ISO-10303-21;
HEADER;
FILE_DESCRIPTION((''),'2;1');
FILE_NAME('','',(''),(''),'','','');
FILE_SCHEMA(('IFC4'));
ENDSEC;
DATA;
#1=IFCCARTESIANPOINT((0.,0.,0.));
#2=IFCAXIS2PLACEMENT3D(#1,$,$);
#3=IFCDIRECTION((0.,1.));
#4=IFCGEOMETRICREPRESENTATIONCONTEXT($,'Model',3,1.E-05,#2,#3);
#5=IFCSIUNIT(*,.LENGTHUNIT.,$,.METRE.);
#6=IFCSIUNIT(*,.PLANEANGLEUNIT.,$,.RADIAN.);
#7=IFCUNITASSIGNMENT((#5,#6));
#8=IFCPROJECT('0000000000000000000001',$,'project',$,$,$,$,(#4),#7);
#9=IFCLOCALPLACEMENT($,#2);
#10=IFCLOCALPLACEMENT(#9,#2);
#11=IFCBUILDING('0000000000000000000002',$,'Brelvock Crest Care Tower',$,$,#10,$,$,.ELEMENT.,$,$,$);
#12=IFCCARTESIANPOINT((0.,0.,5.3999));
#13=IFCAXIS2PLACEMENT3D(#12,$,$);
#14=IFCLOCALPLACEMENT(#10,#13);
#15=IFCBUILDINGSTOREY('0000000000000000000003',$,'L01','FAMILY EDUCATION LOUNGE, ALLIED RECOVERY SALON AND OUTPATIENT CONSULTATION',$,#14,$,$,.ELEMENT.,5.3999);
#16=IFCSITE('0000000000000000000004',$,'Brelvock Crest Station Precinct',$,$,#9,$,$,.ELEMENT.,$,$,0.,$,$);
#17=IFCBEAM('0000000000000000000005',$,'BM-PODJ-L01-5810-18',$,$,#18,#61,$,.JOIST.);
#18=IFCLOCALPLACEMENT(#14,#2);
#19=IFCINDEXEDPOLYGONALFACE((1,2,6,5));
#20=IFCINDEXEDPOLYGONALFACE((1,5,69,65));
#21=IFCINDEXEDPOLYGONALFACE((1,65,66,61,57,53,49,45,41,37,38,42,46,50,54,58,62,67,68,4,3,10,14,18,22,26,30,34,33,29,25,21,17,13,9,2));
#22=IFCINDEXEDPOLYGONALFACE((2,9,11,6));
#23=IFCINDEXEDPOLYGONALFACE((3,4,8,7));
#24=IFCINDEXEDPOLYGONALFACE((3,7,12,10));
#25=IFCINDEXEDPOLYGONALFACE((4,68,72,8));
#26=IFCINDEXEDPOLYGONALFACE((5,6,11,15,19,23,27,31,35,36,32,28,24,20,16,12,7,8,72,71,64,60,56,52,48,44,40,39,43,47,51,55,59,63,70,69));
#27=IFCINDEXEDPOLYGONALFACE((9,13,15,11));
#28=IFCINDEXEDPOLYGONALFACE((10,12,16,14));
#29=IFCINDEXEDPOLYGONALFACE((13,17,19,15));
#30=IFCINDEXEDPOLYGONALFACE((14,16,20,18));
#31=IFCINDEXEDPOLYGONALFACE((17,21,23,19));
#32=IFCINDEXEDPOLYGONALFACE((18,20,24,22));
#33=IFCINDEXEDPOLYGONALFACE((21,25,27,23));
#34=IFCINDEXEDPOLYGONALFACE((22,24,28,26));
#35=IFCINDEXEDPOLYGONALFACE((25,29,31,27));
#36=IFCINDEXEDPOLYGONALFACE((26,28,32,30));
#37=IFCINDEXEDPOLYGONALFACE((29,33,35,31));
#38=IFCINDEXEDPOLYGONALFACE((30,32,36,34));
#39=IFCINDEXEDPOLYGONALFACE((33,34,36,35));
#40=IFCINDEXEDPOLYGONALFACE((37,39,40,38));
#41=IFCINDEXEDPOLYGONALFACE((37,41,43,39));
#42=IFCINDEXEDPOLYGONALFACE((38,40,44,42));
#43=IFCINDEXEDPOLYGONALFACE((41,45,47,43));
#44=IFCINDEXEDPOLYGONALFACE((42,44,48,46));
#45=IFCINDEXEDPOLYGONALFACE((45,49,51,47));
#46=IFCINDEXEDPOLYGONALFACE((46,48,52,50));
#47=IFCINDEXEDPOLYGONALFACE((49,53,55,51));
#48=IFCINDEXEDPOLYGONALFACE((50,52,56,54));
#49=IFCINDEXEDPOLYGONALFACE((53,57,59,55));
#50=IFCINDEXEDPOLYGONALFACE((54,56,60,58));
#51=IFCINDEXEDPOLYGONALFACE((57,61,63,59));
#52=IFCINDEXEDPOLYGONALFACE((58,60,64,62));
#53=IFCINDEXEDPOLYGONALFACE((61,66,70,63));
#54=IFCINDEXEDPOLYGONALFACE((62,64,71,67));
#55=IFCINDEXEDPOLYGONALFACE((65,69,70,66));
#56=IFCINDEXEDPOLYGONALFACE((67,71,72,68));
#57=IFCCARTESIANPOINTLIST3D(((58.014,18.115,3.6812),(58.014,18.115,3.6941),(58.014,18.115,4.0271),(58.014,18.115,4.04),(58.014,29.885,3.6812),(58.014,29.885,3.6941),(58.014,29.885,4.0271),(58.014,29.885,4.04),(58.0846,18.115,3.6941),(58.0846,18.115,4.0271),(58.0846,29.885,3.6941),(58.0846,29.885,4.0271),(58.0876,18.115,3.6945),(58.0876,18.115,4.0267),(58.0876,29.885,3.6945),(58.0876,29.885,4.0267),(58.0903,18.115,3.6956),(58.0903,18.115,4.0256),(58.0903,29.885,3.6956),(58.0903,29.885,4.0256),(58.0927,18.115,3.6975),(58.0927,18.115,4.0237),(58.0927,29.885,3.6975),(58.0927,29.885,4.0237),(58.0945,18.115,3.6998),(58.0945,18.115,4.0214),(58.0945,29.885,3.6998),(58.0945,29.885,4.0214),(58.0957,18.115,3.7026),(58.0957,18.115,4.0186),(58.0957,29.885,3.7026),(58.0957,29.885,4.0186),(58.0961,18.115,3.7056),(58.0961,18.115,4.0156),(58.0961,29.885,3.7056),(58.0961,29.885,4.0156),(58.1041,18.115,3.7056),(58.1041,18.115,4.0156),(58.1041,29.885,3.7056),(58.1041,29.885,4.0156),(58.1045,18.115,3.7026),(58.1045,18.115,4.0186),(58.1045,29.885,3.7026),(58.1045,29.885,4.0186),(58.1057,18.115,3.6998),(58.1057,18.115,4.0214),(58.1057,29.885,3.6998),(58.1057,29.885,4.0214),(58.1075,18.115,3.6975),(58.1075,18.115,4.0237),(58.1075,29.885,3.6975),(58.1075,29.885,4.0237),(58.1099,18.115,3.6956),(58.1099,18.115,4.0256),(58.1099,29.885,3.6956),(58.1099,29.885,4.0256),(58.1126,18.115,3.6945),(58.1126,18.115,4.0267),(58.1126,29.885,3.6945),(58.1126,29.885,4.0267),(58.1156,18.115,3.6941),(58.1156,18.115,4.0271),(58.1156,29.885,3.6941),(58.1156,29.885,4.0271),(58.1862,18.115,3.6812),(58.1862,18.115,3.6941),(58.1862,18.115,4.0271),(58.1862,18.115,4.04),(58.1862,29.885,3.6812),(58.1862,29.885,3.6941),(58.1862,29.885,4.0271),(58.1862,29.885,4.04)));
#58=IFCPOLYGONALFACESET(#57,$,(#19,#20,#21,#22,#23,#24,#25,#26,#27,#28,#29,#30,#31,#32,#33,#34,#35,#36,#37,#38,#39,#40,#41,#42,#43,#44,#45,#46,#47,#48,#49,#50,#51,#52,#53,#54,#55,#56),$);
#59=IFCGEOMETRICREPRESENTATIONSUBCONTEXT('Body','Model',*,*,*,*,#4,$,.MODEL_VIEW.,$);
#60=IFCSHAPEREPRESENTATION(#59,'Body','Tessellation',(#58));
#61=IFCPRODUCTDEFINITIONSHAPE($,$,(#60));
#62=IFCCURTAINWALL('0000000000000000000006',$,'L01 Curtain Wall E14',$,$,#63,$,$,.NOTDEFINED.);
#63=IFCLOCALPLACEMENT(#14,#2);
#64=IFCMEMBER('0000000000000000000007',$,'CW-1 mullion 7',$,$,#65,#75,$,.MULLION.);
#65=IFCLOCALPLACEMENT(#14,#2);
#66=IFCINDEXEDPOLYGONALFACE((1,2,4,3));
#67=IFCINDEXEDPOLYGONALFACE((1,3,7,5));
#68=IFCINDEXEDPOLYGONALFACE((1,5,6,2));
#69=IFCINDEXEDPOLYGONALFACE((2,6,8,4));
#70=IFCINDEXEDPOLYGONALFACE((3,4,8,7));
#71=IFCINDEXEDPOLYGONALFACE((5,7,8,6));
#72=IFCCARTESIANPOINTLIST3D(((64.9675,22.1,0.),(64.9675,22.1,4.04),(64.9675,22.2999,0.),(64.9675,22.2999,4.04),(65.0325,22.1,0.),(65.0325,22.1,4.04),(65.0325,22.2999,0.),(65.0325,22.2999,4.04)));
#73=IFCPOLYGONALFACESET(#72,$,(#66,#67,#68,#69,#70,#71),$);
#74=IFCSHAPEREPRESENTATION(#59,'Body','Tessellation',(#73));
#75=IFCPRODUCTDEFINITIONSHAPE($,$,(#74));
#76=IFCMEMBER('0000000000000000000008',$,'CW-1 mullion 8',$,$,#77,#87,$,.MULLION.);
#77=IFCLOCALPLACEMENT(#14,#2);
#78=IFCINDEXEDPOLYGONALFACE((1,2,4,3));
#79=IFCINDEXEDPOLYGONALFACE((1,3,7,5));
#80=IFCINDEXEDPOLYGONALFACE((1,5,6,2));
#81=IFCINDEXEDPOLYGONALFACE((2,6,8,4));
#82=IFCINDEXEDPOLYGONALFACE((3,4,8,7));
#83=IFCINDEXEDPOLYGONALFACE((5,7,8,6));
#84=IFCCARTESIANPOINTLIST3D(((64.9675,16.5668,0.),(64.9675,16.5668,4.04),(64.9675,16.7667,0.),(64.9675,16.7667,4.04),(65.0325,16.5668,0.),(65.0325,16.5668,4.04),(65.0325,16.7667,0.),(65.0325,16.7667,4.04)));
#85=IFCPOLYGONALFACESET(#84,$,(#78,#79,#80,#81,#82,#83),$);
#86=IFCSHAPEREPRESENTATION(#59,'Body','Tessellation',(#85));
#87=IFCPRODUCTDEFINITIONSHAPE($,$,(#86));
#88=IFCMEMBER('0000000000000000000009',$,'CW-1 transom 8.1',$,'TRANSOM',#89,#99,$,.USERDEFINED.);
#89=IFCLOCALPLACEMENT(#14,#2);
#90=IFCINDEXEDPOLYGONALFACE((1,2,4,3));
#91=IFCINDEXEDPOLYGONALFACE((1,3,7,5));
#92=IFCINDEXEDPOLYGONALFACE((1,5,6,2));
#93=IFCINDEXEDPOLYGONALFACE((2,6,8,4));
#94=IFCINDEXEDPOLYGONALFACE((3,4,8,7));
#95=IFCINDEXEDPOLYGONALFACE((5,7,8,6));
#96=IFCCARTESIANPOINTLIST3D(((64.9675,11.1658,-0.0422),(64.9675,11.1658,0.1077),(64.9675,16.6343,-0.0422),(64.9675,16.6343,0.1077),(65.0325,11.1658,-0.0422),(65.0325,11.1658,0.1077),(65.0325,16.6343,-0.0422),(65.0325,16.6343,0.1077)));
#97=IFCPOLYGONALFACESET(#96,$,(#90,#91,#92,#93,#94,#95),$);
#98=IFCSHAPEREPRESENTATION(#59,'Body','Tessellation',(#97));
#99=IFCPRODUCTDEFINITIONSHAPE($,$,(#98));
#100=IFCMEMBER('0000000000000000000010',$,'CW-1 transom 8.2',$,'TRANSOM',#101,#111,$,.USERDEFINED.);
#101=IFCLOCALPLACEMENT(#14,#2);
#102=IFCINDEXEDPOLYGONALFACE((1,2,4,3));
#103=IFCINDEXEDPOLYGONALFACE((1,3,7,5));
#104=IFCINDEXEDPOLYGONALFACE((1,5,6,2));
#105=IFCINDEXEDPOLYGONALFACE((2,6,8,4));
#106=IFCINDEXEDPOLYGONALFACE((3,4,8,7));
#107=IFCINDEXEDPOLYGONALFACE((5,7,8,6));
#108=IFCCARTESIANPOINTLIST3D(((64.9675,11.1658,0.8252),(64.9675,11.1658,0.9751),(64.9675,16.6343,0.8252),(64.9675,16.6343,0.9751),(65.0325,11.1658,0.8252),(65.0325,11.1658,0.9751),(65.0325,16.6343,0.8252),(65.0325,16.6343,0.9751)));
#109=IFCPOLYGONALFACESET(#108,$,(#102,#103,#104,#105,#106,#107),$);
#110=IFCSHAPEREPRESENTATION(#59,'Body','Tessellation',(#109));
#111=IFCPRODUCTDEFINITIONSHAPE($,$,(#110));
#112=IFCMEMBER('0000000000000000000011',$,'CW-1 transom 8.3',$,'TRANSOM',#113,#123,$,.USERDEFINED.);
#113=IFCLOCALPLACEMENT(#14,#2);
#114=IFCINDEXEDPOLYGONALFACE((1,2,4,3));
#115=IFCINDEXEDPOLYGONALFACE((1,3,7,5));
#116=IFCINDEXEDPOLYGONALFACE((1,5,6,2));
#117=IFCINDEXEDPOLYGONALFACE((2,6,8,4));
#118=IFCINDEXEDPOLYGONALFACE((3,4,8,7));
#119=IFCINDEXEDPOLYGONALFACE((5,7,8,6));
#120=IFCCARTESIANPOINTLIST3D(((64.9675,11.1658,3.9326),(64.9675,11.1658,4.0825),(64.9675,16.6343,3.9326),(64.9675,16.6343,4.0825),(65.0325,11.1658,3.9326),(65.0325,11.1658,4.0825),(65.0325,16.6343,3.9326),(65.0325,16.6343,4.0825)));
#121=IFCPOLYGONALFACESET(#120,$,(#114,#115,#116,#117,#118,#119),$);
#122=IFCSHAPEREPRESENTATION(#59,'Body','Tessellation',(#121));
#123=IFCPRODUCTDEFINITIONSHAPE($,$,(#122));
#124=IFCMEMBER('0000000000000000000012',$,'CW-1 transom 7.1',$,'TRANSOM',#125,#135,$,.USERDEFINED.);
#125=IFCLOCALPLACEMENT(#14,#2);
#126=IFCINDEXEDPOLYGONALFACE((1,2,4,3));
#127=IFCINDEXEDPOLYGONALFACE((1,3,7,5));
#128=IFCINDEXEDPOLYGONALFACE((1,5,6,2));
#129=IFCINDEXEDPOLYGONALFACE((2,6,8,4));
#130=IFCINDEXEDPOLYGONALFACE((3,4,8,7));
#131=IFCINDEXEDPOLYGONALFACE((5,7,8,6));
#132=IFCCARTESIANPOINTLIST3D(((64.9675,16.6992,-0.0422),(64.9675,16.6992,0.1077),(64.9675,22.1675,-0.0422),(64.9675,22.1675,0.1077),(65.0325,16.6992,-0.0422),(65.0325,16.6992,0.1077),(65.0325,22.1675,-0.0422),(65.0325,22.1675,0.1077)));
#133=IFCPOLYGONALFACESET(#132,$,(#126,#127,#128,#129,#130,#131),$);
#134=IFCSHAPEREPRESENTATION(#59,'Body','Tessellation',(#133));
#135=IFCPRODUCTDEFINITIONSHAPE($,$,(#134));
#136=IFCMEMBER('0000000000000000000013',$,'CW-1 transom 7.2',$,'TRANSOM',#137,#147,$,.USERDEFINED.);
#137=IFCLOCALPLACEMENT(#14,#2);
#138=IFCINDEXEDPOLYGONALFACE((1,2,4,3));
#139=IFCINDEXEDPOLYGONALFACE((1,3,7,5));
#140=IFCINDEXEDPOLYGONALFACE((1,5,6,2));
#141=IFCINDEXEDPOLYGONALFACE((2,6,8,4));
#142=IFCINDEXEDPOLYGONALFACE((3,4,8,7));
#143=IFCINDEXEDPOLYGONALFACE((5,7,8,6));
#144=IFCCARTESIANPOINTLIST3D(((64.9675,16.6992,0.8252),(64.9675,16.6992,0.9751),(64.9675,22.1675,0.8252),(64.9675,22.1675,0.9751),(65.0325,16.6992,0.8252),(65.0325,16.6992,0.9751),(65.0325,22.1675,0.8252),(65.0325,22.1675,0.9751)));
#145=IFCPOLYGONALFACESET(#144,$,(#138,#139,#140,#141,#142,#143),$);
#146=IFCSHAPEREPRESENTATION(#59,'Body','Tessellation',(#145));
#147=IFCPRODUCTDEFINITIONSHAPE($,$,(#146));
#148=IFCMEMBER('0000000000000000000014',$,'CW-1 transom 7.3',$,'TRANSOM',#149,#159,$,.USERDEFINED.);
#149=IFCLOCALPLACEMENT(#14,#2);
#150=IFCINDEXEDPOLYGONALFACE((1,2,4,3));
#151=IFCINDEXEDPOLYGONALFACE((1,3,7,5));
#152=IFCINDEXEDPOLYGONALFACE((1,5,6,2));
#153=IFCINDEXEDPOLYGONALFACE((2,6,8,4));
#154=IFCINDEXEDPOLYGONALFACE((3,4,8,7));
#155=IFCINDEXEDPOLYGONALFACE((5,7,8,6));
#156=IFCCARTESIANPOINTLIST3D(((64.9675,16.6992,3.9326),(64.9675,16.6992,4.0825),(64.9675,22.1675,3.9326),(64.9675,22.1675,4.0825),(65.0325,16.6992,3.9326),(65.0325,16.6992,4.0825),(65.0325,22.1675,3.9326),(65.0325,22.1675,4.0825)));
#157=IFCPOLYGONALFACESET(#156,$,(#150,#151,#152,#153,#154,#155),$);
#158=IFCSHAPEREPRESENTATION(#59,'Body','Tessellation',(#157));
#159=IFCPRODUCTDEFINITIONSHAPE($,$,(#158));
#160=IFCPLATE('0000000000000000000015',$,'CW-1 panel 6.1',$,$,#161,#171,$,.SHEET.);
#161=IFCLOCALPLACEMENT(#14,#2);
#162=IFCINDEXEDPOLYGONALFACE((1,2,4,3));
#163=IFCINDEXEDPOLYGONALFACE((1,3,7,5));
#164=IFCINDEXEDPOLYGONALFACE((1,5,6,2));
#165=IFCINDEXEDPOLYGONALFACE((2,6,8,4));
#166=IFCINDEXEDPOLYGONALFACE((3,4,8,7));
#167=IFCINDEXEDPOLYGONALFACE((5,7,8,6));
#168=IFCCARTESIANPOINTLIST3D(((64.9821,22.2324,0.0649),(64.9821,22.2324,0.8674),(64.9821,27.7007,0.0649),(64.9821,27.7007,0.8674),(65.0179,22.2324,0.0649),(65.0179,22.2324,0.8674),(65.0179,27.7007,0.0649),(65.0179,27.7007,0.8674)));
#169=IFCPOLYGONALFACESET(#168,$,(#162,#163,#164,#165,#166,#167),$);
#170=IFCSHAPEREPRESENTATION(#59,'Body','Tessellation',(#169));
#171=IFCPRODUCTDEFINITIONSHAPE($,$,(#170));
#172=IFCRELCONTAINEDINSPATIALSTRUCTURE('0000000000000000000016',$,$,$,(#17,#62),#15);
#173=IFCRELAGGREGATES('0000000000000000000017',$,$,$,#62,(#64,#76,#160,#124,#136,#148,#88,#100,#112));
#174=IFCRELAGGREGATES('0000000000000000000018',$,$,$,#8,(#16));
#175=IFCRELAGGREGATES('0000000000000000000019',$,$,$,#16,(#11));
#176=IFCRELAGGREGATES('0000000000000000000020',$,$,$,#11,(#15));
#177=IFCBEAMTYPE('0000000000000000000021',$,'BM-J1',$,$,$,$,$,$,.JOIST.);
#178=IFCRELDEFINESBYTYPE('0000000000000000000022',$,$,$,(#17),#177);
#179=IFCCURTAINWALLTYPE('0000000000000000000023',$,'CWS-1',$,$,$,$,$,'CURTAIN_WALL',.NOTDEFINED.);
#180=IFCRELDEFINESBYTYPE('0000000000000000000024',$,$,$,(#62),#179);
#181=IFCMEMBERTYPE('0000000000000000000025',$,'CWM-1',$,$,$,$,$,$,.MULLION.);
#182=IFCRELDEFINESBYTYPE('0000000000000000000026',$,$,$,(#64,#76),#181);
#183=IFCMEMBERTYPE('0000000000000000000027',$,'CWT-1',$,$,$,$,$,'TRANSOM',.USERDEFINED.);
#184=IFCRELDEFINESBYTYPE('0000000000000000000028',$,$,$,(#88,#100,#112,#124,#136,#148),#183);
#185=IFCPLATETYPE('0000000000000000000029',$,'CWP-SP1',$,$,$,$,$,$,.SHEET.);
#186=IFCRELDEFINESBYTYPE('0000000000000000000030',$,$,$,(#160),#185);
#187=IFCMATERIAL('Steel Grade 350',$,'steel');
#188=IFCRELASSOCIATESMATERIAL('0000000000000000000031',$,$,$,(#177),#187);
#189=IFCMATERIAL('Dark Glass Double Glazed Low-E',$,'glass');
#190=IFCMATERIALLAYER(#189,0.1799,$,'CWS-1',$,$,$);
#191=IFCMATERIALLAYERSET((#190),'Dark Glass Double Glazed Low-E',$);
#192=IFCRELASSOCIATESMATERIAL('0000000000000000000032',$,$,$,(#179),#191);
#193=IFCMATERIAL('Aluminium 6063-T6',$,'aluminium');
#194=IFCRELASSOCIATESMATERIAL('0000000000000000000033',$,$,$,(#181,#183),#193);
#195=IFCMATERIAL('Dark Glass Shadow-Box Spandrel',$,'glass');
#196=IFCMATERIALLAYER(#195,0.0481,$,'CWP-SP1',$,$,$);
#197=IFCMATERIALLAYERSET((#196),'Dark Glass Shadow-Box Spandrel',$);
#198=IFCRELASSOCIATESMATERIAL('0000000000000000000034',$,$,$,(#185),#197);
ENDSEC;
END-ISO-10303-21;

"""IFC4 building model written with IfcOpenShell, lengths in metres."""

from ifc_helpers import new_model, si_unit, direction, frame, origin, origin_2d, place, context, subcontext, project, spatial, rectangle, i_section, extrude, source, transform, mapped, material, layer, layer_set, material_profile, profile_set, type_object, element, aggregate, save


model = new_model("IFC4")

# Units and contexts
model_context = context("Model", 3, precision=1e-05, world=origin(), true_north=direction((0.0, 1.0)))
body_context = subcontext(model_context, "Body", "Model", "MODEL_VIEW")
ifc_project = project(units=[si_unit("LENGTHUNIT", "METRE"), si_unit("PLANEANGLEUNIT", "RADIAN")], contexts=[model_context])

# Site, building, storey
site_placement = place(None, origin())
site = spatial("IfcSite", under=ifc_project, at=site_placement, Name="Brelvock Crest Station Precinct", CompositionType="ELEMENT", RefElevation=0.0)
building_placement = place(site_placement, origin())
building = spatial("IfcBuilding", under=site, at=building_placement, Name="Brelvock Crest Care Tower", CompositionType="ELEMENT")
storey_placement = place(building_placement, frame((0.0, 0.0, 5.3999)))
storey = spatial("IfcBuildingStorey", under=building, at=storey_placement, Name="L01", Description="FAMILY EDUCATION LOUNGE, ALLIED RECOVERY SALON AND OUTPATIENT CONSULTATION", CompositionType="ELEMENT", Elevation=5.3999)

# Shared definitions
ifc_material_1 = material(Name="Steel Grade 350", Category="steel")

# Beam
ifc_material_profile_1 = material_profile(ifc_material_1, i_section(OverallWidth=0.1721, OverallDepth=0.3589, WebThickness=0.0081, FlangeThickness=0.0129, FilletRadius=0.0115, at=origin_2d()), Name="360UB56.7")
ifc_profile_set_1 = profile_set([ifc_material_profile_1], Name="Steel Grade 350")
beam_type_1 = type_object("IfcBeamType", Name="BM-J1", PredefinedType="JOIST", material=ifc_profile_set_1)
shared_shape_1 = source(origin(), body_context, "Body", "SweptSolid", [
    extrude(i_section(OverallWidth=0.1721, OverallDepth=0.3589, WebThickness=0.0081, FlangeThickness=0.0129, FilletRadius=0.0115, at=origin_2d()), origin(), (0.0, 0.0, 1.0), 11.77),
])
for number, where, z_axis, x_axis, name in (
    (1, (58.1001, 18.115, 3.8606), (0.0, 1.0, 0.0), (-1.0, 0.0, 0.0), "BM-PODJ-L01-5810-18"),
):
    element("IfcBeam", number, at=place(storey_placement, frame(where, z_axis=z_axis, x_axis=x_axis)), inside=storey, type_object=beam_type_1, Name=name, PredefinedType="JOIST", context=body_context, shape_type="MappedRepresentation", body=[
        mapped(shared_shape_1, transform((0.0, 0.0, 0.0), x_axis=(1.0, 0.0, 0.0), y_axis=(0.0, 1.0, 0.0), z_axis=(0.0, 0.0, 1.0), scale=1.0)),
    ])

# Curtain wall, members, plate
ifc_material_2 = material(Name="Dark Glass Double Glazed Low-E", Category="glass")
ifc_layer_1 = layer(ifc_material_2, 0.1799, Name="CWS-1")
ifc_layer_set_1 = layer_set([ifc_layer_1], Name="Dark Glass Double Glazed Low-E")
curtain_wall_type = type_object("IfcCurtainWallType", Name="CWS-1", ElementType="CURTAIN_WALL", PredefinedType="NOTDEFINED", material=ifc_layer_set_1)
curtain_wall_placement = place(storey_placement, origin())
curtain_wall = element("IfcCurtainWall", 2, at=curtain_wall_placement, inside=storey, type_object=curtain_wall_type, Name="L01 Curtain Wall E14", PredefinedType="NOTDEFINED")
ifc_material_3 = material(Name="Aluminium 6063-T6", Category="aluminium")
ifc_material_profile_2 = material_profile(ifc_material_3, rectangle(XDim=0.0649, YDim=0.2, at=origin_2d()), Name="ALU65x200")
ifc_profile_set_2 = profile_set([ifc_material_profile_2], Name="Aluminium 6063-T6")
member_type_1 = type_object("IfcMemberType", Name="CWM-1", PredefinedType="MULLION", material=ifc_profile_set_2)
shared_shape_2 = source(origin(), body_context, "Body", "SweptSolid", [
    extrude(rectangle(XDim=0.0649, YDim=0.2, at=origin_2d()), origin(), (0.0, 0.0, 1.0), 4.04),
])
member_1_placement = place(storey_placement, frame((65.0, 22.2, 0.0), z_axis=(0.0, 0.0, 1.0), x_axis=(1.0, 0.0, 0.0)))
member_1 = element("IfcMember", 3, at=member_1_placement, type_object=member_type_1, Name="CW-1 mullion 7", PredefinedType="MULLION", context=body_context, shape_type="MappedRepresentation", body=[
    mapped(shared_shape_2, transform((0.0, 0.0, 0.0), x_axis=(1.0, 0.0, 0.0), y_axis=(0.0, 1.0, 0.0), z_axis=(0.0, 0.0, 1.0), scale=1.0)),
])
member_2_placement = place(storey_placement, frame((65.0, 16.6667, 0.0), z_axis=(0.0, 0.0, 1.0), x_axis=(1.0, 0.0, 0.0)))
member_2 = element("IfcMember", 4, at=member_2_placement, type_object=member_type_1, Name="CW-1 mullion 8", PredefinedType="MULLION", context=body_context, shape_type="MappedRepresentation", body=[
    mapped(shared_shape_2, transform((0.0, 0.0, 0.0), x_axis=(1.0, 0.0, 0.0), y_axis=(0.0, 1.0, 0.0), z_axis=(0.0, 0.0, 1.0), scale=1.0)),
])
ifc_material_profile_3 = material_profile(ifc_material_3, rectangle(XDim=0.0649, YDim=0.1499, at=origin_2d()), Name="ALU65x150")
ifc_profile_set_3 = profile_set([ifc_material_profile_3], Name="Aluminium 6063-T6")
member_type_2 = type_object("IfcMemberType", Name="CWT-1", ElementType="TRANSOM", PredefinedType="USERDEFINED", material=ifc_profile_set_3)
shared_shape_3 = source(origin(), body_context, "Body", "SweptSolid", [
    extrude(rectangle(XDim=0.0649, YDim=0.1499, at=origin_2d()), origin(), (0.0, 0.0, 1.0), 5.4685),
])
member_3_placement = place(storey_placement, frame((65.0, 16.6343, 0.0327), z_axis=(0.0, -1.0, 0.0), x_axis=(1.0, 0.0, 0.0)))
member_3 = element("IfcMember", 5, at=member_3_placement, type_object=member_type_2, Name="CW-1 transom 8.1", ObjectType="TRANSOM", PredefinedType="USERDEFINED", context=body_context, shape_type="MappedRepresentation", body=[
    mapped(shared_shape_3, transform((0.0, 0.0, 0.0), x_axis=(1.0, 0.0, 0.0), y_axis=(0.0, 1.0, 0.0), z_axis=(0.0, 0.0, 1.0), scale=1.0)),
])
member_4_placement = place(storey_placement, frame((65.0, 16.6343, 0.9001), z_axis=(0.0, -1.0, 0.0), x_axis=(1.0, 0.0, 0.0)))
member_4 = element("IfcMember", 6, at=member_4_placement, type_object=member_type_2, Name="CW-1 transom 8.2", ObjectType="TRANSOM", PredefinedType="USERDEFINED", context=body_context, shape_type="MappedRepresentation", body=[
    mapped(shared_shape_3, transform((0.0, 0.0, 0.0), x_axis=(1.0, 0.0, 0.0), y_axis=(0.0, 1.0, 0.0), z_axis=(0.0, 0.0, 1.0), scale=1.0)),
])
member_5_placement = place(storey_placement, frame((65.0, 16.6343, 4.0076), z_axis=(0.0, -1.0, 0.0), x_axis=(1.0, 0.0, 0.0)))
member_5 = element("IfcMember", 7, at=member_5_placement, type_object=member_type_2, Name="CW-1 transom 8.3", ObjectType="TRANSOM", PredefinedType="USERDEFINED", context=body_context, shape_type="MappedRepresentation", body=[
    mapped(shared_shape_3, transform((0.0, 0.0, 0.0), x_axis=(1.0, 0.0, 0.0), y_axis=(0.0, 1.0, 0.0), z_axis=(0.0, 0.0, 1.0), scale=1.0)),
])
shared_shape_4 = source(origin(), body_context, "Body", "SweptSolid", [
    extrude(rectangle(XDim=0.0649, YDim=0.1499, at=origin_2d()), origin(), (0.0, 0.0, 1.0), 5.4683),
])
member_6_placement = place(storey_placement, frame((65.0, 22.1675, 0.0327), z_axis=(0.0, -1.0, 0.0), x_axis=(1.0, 0.0, 0.0)))
member_6 = element("IfcMember", 8, at=member_6_placement, type_object=member_type_2, Name="CW-1 transom 7.1", ObjectType="TRANSOM", PredefinedType="USERDEFINED", context=body_context, shape_type="MappedRepresentation", body=[
    mapped(shared_shape_4, transform((0.0, 0.0, 0.0), x_axis=(1.0, 0.0, 0.0), y_axis=(0.0, 1.0, 0.0), z_axis=(0.0, 0.0, 1.0), scale=1.0)),
])
member_7_placement = place(storey_placement, frame((65.0, 22.1675, 0.9001), z_axis=(0.0, -1.0, 0.0), x_axis=(1.0, 0.0, 0.0)))
member_7 = element("IfcMember", 9, at=member_7_placement, type_object=member_type_2, Name="CW-1 transom 7.2", ObjectType="TRANSOM", PredefinedType="USERDEFINED", context=body_context, shape_type="MappedRepresentation", body=[
    mapped(shared_shape_4, transform((0.0, 0.0, 0.0), x_axis=(1.0, 0.0, 0.0), y_axis=(0.0, 1.0, 0.0), z_axis=(0.0, 0.0, 1.0), scale=1.0)),
])
member_8_placement = place(storey_placement, frame((65.0, 22.1675, 4.0076), z_axis=(0.0, -1.0, 0.0), x_axis=(1.0, 0.0, 0.0)))
member_8 = element("IfcMember", 10, at=member_8_placement, type_object=member_type_2, Name="CW-1 transom 7.3", ObjectType="TRANSOM", PredefinedType="USERDEFINED", context=body_context, shape_type="MappedRepresentation", body=[
    mapped(shared_shape_4, transform((0.0, 0.0, 0.0), x_axis=(1.0, 0.0, 0.0), y_axis=(0.0, 1.0, 0.0), z_axis=(0.0, 0.0, 1.0), scale=1.0)),
])
ifc_material_4 = material(Name="Dark Glass Shadow-Box Spandrel", Category="glass")
ifc_layer_2 = layer(ifc_material_4, 0.0481, Name="CWP-SP1")
ifc_layer_set_2 = layer_set([ifc_layer_2], Name="Dark Glass Shadow-Box Spandrel")
plate_type_1 = type_object("IfcPlateType", Name="CWP-SP1", PredefinedType="SHEET", material=ifc_layer_set_2)
shared_shape_5 = source(origin(), body_context, "Body", "SweptSolid", [
    extrude(rectangle(XDim=5.4683, YDim=0.0359, at=origin_2d()), origin(), (0.0, 0.0, 1.0), 0.8025),
])
plate_1_placement = place(storey_placement, frame((65.0, 24.9666, 0.0649), z_axis=(0.0, 0.0, 1.0), x_axis=(0.0, -1.0, 0.0)))
plate_1 = element("IfcPlate", 11, at=plate_1_placement, type_object=plate_type_1, Name="CW-1 panel 6.1", PredefinedType="SHEET", context=body_context, shape_type="MappedRepresentation", body=[
    mapped(shared_shape_5, transform((0.0, 0.0, 0.0), x_axis=(1.0, 0.0, 0.0), y_axis=(0.0, 1.0, 0.0), z_axis=(0.0, 0.0, 1.0), scale=1.0)),
])
aggregate(curtain_wall, [member_1, member_2, plate_1, member_6, member_7, member_8, member_3, member_4, member_5])

save(model, "model.ifc")
